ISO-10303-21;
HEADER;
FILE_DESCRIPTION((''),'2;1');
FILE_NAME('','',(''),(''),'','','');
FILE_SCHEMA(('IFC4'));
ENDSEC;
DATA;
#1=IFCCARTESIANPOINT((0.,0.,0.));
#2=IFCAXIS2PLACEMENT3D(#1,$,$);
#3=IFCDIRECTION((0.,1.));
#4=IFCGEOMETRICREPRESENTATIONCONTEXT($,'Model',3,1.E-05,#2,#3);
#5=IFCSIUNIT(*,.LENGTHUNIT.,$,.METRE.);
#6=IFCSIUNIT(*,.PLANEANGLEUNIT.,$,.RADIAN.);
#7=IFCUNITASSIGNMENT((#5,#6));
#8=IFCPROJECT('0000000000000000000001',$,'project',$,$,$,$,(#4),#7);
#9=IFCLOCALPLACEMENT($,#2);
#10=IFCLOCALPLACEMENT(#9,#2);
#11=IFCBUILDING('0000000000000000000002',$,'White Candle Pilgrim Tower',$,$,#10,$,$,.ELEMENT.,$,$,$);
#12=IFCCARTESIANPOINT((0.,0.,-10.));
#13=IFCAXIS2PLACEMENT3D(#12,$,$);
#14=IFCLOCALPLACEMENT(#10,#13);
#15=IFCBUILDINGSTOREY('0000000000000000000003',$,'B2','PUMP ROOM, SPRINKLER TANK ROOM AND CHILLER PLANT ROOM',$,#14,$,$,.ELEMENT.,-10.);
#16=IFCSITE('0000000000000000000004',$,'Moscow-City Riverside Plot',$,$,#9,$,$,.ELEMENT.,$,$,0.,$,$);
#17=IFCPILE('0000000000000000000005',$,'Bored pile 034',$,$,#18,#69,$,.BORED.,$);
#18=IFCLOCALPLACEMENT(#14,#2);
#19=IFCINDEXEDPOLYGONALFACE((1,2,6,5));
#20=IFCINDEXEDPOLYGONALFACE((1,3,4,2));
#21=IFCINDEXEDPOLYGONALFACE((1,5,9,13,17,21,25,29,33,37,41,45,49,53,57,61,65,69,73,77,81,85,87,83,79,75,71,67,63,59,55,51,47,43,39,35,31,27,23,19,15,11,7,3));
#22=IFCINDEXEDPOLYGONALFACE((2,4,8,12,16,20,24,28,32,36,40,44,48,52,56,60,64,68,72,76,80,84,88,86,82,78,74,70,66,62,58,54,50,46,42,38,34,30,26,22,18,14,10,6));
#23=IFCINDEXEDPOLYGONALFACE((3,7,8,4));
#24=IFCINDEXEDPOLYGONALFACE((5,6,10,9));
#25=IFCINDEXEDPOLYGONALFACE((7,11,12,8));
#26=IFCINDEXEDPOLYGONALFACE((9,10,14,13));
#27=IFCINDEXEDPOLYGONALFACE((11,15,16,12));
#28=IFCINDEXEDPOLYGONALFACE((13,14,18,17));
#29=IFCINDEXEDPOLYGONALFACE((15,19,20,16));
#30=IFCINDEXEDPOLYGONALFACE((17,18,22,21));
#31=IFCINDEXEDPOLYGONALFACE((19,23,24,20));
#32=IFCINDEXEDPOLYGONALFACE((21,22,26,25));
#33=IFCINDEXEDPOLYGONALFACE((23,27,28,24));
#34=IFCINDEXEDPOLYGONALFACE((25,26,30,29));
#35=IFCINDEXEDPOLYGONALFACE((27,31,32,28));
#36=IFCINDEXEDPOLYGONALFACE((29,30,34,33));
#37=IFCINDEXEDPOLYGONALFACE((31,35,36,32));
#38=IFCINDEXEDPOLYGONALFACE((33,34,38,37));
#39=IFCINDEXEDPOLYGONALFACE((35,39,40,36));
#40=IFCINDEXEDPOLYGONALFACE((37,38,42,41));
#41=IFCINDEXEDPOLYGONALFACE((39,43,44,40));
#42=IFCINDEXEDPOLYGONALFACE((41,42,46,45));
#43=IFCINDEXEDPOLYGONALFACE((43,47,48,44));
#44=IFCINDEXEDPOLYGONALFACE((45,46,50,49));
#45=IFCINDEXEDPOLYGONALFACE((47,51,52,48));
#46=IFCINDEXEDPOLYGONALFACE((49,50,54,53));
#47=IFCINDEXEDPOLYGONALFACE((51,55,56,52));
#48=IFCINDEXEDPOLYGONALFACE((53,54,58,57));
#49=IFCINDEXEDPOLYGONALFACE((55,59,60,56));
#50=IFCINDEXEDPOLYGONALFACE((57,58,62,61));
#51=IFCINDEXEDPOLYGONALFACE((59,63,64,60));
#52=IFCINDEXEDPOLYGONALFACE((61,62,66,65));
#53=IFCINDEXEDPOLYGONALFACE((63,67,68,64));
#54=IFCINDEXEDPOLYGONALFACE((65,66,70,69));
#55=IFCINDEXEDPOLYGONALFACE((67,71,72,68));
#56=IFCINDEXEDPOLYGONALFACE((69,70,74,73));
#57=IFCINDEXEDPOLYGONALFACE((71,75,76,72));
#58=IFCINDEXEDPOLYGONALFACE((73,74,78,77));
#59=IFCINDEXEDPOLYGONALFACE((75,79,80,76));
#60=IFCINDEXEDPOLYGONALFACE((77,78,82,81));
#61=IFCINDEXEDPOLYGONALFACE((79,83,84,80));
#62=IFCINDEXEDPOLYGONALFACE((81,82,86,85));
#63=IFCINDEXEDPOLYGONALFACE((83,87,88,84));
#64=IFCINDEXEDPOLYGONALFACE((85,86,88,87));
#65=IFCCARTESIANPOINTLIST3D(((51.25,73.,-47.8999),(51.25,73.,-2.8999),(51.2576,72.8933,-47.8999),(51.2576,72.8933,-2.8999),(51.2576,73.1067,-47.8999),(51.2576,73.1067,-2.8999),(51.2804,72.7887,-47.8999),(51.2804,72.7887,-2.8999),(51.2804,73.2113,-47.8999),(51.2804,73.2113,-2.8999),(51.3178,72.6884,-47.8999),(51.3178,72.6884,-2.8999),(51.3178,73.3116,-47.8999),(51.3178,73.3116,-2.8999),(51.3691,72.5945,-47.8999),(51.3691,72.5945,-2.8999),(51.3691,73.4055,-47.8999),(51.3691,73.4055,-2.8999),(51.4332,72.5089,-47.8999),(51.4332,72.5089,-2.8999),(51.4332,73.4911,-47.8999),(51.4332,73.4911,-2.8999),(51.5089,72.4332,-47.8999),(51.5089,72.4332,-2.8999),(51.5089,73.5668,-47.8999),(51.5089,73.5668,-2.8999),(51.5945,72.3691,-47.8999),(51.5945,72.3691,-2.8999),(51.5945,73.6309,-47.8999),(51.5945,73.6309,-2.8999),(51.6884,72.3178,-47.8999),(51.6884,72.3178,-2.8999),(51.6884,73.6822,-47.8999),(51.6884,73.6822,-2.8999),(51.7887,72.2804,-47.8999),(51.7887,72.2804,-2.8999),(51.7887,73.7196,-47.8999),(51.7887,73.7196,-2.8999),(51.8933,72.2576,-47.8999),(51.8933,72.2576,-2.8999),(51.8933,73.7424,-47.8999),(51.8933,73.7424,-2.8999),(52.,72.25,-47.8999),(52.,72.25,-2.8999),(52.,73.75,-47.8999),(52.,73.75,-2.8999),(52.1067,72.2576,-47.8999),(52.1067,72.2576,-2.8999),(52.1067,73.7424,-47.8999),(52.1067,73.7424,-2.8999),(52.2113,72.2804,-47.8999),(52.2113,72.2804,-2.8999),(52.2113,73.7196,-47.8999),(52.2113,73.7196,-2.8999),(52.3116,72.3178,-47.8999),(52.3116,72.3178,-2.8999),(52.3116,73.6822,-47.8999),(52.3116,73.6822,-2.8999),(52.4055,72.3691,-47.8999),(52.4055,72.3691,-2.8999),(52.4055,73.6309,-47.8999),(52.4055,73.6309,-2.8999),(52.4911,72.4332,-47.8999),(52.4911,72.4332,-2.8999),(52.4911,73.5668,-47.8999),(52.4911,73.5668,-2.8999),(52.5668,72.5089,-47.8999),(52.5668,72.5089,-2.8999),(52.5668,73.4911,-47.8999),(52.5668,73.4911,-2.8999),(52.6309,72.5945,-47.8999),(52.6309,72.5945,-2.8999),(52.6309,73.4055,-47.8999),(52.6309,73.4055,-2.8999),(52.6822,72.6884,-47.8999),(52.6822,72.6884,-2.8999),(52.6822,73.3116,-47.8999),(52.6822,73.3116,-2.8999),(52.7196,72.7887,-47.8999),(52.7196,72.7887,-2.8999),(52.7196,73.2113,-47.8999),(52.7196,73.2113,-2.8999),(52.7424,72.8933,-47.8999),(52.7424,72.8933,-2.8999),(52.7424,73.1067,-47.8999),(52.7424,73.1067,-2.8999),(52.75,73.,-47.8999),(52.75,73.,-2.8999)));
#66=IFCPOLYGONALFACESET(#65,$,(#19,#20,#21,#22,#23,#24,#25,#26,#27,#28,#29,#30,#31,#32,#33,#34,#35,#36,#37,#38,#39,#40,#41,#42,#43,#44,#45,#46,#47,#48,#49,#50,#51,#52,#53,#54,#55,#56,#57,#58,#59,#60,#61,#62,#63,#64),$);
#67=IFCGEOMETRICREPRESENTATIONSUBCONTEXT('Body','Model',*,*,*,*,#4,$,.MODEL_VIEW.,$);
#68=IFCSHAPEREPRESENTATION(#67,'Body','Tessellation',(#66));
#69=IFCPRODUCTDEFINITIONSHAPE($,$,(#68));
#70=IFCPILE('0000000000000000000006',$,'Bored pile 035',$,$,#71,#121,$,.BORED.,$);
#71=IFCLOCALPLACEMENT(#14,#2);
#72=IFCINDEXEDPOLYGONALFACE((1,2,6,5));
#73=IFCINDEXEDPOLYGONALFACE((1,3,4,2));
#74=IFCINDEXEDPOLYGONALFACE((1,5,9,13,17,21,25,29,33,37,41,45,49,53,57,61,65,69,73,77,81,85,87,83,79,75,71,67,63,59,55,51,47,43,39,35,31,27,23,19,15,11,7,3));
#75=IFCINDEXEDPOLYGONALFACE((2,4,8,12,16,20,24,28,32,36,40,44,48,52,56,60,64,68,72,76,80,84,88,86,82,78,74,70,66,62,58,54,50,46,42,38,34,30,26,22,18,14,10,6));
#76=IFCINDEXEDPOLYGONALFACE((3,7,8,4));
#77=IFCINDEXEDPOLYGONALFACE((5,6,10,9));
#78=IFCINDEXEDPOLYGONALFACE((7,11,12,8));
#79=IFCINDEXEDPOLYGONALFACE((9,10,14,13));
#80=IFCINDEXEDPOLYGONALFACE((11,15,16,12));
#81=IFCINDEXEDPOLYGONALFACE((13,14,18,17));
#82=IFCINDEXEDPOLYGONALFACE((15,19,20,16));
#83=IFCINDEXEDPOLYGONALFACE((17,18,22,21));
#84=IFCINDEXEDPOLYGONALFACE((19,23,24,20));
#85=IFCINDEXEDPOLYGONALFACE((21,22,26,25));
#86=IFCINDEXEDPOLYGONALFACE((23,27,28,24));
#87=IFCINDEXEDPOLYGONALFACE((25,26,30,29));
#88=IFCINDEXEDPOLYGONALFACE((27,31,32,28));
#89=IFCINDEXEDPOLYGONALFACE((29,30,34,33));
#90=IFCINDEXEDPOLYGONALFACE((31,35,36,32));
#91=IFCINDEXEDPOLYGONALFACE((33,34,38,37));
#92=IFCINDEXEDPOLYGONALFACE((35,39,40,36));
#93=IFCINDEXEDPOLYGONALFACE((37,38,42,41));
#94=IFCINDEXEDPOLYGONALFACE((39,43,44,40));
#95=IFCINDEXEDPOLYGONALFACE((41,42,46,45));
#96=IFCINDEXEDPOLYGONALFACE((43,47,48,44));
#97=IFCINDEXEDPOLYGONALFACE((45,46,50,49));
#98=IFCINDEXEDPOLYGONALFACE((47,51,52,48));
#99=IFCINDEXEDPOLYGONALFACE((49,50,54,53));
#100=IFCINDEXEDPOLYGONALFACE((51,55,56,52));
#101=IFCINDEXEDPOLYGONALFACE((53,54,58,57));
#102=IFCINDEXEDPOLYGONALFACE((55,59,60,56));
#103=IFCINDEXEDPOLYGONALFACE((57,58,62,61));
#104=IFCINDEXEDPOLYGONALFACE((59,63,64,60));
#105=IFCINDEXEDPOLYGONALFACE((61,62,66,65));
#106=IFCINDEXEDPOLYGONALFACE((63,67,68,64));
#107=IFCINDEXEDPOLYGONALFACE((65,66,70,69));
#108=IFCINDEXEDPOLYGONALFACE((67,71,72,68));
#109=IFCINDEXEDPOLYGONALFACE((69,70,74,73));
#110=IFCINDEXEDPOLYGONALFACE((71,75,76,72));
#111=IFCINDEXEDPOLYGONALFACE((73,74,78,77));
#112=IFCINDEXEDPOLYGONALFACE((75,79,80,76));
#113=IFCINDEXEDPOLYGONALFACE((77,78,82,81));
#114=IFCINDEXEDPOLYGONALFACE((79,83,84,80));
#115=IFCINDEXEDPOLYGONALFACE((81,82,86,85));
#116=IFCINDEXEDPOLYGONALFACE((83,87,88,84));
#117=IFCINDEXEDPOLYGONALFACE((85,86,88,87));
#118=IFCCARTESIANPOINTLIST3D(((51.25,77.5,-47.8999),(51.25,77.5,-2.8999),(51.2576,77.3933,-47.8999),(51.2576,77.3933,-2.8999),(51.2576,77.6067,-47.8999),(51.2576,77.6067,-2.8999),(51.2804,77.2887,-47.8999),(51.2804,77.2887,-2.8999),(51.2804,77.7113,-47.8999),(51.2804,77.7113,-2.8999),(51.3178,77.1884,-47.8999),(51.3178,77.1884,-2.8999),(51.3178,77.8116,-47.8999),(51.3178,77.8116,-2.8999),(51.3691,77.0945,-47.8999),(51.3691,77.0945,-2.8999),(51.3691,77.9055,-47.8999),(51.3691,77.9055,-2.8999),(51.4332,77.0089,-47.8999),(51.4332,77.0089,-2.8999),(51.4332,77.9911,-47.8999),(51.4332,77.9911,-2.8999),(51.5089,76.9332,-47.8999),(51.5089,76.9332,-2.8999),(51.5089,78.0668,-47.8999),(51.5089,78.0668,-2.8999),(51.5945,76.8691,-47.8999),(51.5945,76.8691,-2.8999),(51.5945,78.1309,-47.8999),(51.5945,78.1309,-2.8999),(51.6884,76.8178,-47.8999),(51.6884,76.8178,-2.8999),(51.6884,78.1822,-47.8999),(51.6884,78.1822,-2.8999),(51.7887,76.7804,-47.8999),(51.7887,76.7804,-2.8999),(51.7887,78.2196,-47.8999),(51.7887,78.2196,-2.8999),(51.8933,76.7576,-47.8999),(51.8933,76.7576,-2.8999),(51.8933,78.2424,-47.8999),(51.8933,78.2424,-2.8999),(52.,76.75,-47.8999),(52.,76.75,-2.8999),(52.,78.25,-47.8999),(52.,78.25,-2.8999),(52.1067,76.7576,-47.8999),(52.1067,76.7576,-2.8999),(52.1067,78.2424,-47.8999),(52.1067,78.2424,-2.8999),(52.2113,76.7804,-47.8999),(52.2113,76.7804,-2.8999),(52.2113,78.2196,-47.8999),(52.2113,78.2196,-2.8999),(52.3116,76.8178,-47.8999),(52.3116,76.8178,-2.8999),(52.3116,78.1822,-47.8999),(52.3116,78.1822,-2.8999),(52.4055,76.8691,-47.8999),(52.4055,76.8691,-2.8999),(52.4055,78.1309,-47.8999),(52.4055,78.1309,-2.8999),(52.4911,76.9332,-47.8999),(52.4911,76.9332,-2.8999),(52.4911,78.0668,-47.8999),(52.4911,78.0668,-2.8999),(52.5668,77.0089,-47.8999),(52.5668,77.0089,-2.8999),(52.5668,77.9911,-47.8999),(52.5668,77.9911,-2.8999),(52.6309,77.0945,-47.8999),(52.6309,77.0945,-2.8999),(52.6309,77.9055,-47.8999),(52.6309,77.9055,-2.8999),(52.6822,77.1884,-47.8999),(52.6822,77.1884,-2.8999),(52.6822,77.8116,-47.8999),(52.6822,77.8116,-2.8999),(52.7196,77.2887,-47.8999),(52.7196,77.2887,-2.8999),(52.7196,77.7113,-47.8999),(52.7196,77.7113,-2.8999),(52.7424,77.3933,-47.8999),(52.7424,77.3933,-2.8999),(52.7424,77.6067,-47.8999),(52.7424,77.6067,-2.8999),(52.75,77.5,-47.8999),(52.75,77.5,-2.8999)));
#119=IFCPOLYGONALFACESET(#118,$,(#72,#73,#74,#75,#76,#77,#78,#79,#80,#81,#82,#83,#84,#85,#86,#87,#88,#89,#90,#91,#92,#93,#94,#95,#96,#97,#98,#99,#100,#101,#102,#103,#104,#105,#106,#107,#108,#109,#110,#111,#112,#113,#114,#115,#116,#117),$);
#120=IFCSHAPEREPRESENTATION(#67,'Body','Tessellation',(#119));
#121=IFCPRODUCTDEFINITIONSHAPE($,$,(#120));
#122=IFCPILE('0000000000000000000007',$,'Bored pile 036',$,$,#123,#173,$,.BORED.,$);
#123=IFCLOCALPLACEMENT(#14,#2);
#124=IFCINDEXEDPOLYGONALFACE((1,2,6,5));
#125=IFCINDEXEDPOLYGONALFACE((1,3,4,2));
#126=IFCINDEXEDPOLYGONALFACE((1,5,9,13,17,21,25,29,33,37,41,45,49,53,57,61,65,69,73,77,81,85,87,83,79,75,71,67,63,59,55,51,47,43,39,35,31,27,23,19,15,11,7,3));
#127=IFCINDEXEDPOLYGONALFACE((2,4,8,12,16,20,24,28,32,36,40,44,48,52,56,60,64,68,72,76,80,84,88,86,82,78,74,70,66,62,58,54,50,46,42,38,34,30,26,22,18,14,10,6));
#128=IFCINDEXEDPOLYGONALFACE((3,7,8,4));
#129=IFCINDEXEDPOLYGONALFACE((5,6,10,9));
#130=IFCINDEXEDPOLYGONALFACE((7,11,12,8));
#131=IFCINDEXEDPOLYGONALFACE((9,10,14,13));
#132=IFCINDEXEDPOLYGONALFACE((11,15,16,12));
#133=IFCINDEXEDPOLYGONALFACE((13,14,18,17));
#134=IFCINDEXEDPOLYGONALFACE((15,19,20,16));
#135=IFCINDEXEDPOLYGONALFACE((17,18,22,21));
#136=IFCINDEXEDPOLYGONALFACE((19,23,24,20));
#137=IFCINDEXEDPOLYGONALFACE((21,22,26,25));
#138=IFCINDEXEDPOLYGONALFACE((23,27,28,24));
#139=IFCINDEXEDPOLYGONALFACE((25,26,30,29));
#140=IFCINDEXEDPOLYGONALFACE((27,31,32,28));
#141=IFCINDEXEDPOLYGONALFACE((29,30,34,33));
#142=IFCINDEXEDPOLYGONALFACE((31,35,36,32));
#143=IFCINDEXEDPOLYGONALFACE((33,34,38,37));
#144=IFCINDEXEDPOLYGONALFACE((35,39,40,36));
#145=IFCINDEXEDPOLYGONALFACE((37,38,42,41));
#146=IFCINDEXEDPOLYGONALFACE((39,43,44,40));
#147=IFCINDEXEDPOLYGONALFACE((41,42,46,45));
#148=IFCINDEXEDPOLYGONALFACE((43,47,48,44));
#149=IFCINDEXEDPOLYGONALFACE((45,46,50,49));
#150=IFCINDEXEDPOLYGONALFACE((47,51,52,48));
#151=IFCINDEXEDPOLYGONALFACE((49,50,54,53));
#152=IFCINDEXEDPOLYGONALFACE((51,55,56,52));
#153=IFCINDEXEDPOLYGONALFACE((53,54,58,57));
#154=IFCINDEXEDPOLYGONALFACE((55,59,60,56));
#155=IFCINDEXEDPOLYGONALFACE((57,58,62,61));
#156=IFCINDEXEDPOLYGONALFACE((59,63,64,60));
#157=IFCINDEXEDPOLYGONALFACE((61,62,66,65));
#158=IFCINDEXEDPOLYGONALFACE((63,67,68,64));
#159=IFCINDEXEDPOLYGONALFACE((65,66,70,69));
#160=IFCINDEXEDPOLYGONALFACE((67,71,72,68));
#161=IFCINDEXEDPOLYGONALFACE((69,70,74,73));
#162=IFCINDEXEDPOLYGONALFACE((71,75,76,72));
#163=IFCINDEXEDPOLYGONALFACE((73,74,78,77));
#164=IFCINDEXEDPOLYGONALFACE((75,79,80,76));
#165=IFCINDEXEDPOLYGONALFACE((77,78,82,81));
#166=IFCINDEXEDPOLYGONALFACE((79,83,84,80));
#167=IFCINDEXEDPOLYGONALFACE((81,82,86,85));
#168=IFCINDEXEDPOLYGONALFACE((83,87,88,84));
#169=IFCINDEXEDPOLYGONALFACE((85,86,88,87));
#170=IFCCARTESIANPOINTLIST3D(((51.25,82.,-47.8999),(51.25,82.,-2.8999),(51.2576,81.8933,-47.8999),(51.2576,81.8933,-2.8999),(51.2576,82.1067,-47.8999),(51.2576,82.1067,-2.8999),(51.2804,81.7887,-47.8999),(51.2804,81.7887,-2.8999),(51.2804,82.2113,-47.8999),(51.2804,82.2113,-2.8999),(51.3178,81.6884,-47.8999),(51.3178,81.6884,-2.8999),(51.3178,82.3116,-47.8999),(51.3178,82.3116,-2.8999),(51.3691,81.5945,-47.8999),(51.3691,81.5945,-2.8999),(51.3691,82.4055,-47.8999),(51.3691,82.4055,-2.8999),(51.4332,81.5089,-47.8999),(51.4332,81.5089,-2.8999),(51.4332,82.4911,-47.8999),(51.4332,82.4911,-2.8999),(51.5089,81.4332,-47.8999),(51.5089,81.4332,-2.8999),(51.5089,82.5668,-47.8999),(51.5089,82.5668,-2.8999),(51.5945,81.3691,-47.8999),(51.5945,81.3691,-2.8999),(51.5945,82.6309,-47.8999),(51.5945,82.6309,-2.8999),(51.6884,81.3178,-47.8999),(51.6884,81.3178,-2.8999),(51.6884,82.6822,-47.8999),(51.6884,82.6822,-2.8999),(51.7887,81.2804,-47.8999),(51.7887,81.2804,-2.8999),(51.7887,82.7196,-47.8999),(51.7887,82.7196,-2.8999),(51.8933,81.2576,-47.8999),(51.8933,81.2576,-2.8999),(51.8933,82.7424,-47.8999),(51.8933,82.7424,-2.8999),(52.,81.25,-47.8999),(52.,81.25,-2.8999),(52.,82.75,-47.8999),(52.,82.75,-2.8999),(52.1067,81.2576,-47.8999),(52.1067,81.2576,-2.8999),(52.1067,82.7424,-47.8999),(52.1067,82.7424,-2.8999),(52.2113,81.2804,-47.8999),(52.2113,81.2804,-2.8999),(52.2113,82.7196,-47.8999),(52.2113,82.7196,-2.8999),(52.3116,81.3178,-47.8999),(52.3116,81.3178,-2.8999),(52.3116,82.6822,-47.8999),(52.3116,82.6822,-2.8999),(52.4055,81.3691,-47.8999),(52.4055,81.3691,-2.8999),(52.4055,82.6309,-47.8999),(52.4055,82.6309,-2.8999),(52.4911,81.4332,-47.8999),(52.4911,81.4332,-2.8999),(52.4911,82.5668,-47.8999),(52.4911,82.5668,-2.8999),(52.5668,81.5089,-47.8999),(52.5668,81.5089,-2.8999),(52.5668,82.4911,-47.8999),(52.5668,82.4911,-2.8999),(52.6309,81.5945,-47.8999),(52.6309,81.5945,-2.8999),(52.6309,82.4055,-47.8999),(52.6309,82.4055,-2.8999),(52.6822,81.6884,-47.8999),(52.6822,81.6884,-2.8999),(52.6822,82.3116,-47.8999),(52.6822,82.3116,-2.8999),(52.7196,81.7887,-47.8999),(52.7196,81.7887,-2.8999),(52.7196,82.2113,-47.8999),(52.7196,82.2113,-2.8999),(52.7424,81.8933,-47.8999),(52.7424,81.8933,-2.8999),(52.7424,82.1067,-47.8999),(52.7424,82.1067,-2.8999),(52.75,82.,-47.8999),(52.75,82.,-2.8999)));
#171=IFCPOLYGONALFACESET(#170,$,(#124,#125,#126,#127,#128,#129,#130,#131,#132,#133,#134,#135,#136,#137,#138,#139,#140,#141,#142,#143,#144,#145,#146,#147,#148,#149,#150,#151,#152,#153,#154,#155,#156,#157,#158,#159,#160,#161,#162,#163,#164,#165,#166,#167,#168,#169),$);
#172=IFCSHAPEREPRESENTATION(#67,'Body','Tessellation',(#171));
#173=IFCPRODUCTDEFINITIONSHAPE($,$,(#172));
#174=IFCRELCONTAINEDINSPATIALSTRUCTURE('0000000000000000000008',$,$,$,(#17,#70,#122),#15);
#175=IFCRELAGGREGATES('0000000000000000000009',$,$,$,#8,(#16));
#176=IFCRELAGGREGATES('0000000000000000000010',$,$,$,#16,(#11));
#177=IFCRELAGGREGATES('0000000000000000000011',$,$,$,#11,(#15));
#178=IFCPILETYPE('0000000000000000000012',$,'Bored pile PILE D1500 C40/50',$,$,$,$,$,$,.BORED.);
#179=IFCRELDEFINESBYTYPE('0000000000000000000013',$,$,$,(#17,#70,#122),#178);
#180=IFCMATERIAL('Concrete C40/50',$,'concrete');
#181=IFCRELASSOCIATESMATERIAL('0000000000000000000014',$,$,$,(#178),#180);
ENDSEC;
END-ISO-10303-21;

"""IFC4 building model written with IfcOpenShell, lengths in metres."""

from ifc_helpers import new_model, si_unit, direction, frame, origin, origin_2d, place, context, subcontext, project, spatial, circle, extrude, material, material_profile, profile_set, type_object, element, save


model = new_model("IFC4")

# Units and contexts
model_context = context("Model", 3, precision=1e-05, world=origin(), true_north=direction((0.0, 1.0)))
body_context = subcontext(model_context, "Body", "Model", "MODEL_VIEW")
ifc_project = project(units=[si_unit("LENGTHUNIT", "METRE"), si_unit("PLANEANGLEUNIT", "RADIAN")], contexts=[model_context])

# Site, building, storey
site_placement = place(None, origin())
site = spatial("IfcSite", under=ifc_project, at=site_placement, Name="Moscow-City Riverside Plot", CompositionType="ELEMENT", RefElevation=0.0)
building_placement = place(site_placement, origin())
building = spatial("IfcBuilding", under=site, at=building_placement, Name="White Candle Pilgrim Tower", CompositionType="ELEMENT")
storey_placement = place(building_placement, frame((0.0, 0.0, -10.0)))
storey = spatial("IfcBuildingStorey", under=building, at=storey_placement, Name="B2", Description="PUMP ROOM, SPRINKLER TANK ROOM AND CHILLER PLANT ROOM", CompositionType="ELEMENT", Elevation=-10.0)

# Piles
ifc_material_1 = material(Name="Concrete C40/50", Category="concrete")
ifc_material_profile_1 = material_profile(ifc_material_1, circle(Radius=0.75, at=origin_2d()), Name="PILE D1500")
ifc_profile_set_1 = profile_set([ifc_material_profile_1], Name="Concrete C40/50")
pile_type_1 = type_object("IfcPileType", Name="Bored pile PILE D1500 C40/50", PredefinedType="BORED", material=ifc_profile_set_1)
for number, where, z_axis, x_axis, name in (
    (1, (52.0, 73.0, -2.8999), (0.0, 0.0, -1.0), (1.0, 0.0, 0.0), "Bored pile 034"),
    (2, (52.0, 77.5, -2.8999), (0.0, 0.0, -1.0), (1.0, 0.0, 0.0), "Bored pile 035"),
    (3, (52.0, 82.0, -2.8999), (0.0, 0.0, -1.0), (1.0, 0.0, 0.0), "Bored pile 036"),
):
    element("IfcPile", number, at=place(storey_placement, frame(where, z_axis=z_axis, x_axis=x_axis)), inside=storey, type_object=pile_type_1, Name=name, PredefinedType="BORED", context=body_context, shape_type="SweptSolid", body=[
        extrude(circle(Radius=0.75, at=origin_2d()), origin(), (0.0, 0.0, 1.0), 45.0),
    ])

save(model, "model.ifc")
